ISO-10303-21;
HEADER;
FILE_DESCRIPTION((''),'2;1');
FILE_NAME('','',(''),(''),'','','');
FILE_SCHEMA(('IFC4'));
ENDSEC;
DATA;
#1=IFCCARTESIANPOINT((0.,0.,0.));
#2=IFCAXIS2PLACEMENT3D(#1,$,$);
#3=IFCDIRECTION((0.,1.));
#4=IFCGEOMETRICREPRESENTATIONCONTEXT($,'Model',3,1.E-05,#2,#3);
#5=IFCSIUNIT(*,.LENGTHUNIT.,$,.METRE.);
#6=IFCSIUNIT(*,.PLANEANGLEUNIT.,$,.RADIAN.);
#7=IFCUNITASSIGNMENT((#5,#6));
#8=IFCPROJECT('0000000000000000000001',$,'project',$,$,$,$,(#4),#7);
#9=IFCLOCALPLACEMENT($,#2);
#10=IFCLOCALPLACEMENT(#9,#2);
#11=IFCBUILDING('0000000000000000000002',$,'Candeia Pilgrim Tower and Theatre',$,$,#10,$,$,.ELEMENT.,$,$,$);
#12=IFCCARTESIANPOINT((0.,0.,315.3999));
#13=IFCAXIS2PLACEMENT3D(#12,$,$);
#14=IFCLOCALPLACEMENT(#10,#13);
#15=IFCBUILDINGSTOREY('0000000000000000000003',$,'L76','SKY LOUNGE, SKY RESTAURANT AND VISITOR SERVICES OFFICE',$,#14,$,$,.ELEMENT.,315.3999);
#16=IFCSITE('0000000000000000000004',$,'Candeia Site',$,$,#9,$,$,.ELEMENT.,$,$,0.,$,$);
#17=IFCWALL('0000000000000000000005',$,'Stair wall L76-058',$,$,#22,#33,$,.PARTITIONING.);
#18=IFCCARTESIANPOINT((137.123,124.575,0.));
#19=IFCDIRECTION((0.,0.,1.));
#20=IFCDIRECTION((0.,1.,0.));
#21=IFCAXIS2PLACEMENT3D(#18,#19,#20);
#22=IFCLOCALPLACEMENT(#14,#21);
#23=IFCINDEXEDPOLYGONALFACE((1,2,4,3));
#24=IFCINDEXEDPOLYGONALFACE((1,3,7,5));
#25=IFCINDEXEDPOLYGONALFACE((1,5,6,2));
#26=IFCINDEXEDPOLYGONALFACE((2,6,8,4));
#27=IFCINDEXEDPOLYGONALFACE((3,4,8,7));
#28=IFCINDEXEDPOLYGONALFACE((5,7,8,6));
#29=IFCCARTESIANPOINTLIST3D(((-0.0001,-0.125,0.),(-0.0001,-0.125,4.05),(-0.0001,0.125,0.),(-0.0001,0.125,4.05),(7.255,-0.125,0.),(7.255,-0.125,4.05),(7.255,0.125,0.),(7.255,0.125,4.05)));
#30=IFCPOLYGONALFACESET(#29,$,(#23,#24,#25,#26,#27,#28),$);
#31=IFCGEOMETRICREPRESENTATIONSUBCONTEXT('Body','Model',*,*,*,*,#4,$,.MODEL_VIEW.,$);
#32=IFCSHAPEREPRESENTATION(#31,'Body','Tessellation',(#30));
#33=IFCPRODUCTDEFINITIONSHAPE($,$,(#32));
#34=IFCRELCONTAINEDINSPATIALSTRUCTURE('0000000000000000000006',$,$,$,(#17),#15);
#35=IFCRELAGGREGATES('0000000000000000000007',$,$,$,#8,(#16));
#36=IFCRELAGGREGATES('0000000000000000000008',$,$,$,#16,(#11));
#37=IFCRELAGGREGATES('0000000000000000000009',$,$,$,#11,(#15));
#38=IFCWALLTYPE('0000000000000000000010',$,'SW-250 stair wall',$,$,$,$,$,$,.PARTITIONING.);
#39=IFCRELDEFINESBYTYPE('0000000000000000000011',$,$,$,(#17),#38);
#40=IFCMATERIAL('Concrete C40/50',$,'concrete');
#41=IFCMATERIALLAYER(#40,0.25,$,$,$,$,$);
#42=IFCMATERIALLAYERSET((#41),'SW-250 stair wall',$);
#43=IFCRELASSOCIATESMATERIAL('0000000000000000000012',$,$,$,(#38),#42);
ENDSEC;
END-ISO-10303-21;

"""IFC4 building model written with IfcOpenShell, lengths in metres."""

from ifc_helpers import new_model, si_unit, direction, frame, frame_2d, origin, place, context, subcontext, project, spatial, rectangle, extrude, material, layer, layer_set, type_object, element, save


model = new_model("IFC4")

# Units and contexts
model_context = context("Model", 3, precision=1e-05, world=origin(), true_north=direction((0.0, 1.0)))
body_context = subcontext(model_context, "Body", "Model", "MODEL_VIEW")
ifc_project = project(units=[si_unit("LENGTHUNIT", "METRE"), si_unit("PLANEANGLEUNIT", "RADIAN")], contexts=[model_context])

# Site, building, storey
site_placement = place(None, origin())
site = spatial("IfcSite", under=ifc_project, at=site_placement, Name="Candeia Site", CompositionType="ELEMENT", RefElevation=0.0)
building_placement = place(site_placement, origin())
building = spatial("IfcBuilding", under=site, at=building_placement, Name="Candeia Pilgrim Tower and Theatre", CompositionType="ELEMENT")
storey_placement = place(building_placement, frame((0.0, 0.0, 315.3999)))
storey = spatial("IfcBuildingStorey", under=building, at=storey_placement, Name="L76", Description="SKY LOUNGE, SKY RESTAURANT AND VISITOR SERVICES OFFICE", CompositionType="ELEMENT", Elevation=315.3999)

# Shared definitions
ifc_material_1 = material(Name="Concrete C40/50", Category="concrete")

# Shared definitions
ifc_layer_1 = layer(ifc_material_1, 0.25)
ifc_layer_set_1 = layer_set([ifc_layer_1], Name="SW-250 stair wall")
wall_type_1 = type_object("IfcWallType", Name="SW-250 stair wall", PredefinedType="PARTITIONING", material=ifc_layer_set_1)

# Wall
wall_1_placement = place(storey_placement, frame((137.123, 124.575, 0.0), z_axis=(0.0, 0.0, 1.0), x_axis=(0.0, 1.0, 0.0)))
element("IfcWall", 1, at=wall_1_placement, inside=storey, type_object=wall_type_1, Name="Stair wall L76-058", PredefinedType="PARTITIONING", context=body_context, shape_type="SweptSolid", body=[
    extrude(rectangle(XDim=7.2551, YDim=0.25, at=frame_2d((3.6274, 0.0))), origin(), (0.0, 0.0, 1.0), 4.05),
])

save(model, "model.ifc")
